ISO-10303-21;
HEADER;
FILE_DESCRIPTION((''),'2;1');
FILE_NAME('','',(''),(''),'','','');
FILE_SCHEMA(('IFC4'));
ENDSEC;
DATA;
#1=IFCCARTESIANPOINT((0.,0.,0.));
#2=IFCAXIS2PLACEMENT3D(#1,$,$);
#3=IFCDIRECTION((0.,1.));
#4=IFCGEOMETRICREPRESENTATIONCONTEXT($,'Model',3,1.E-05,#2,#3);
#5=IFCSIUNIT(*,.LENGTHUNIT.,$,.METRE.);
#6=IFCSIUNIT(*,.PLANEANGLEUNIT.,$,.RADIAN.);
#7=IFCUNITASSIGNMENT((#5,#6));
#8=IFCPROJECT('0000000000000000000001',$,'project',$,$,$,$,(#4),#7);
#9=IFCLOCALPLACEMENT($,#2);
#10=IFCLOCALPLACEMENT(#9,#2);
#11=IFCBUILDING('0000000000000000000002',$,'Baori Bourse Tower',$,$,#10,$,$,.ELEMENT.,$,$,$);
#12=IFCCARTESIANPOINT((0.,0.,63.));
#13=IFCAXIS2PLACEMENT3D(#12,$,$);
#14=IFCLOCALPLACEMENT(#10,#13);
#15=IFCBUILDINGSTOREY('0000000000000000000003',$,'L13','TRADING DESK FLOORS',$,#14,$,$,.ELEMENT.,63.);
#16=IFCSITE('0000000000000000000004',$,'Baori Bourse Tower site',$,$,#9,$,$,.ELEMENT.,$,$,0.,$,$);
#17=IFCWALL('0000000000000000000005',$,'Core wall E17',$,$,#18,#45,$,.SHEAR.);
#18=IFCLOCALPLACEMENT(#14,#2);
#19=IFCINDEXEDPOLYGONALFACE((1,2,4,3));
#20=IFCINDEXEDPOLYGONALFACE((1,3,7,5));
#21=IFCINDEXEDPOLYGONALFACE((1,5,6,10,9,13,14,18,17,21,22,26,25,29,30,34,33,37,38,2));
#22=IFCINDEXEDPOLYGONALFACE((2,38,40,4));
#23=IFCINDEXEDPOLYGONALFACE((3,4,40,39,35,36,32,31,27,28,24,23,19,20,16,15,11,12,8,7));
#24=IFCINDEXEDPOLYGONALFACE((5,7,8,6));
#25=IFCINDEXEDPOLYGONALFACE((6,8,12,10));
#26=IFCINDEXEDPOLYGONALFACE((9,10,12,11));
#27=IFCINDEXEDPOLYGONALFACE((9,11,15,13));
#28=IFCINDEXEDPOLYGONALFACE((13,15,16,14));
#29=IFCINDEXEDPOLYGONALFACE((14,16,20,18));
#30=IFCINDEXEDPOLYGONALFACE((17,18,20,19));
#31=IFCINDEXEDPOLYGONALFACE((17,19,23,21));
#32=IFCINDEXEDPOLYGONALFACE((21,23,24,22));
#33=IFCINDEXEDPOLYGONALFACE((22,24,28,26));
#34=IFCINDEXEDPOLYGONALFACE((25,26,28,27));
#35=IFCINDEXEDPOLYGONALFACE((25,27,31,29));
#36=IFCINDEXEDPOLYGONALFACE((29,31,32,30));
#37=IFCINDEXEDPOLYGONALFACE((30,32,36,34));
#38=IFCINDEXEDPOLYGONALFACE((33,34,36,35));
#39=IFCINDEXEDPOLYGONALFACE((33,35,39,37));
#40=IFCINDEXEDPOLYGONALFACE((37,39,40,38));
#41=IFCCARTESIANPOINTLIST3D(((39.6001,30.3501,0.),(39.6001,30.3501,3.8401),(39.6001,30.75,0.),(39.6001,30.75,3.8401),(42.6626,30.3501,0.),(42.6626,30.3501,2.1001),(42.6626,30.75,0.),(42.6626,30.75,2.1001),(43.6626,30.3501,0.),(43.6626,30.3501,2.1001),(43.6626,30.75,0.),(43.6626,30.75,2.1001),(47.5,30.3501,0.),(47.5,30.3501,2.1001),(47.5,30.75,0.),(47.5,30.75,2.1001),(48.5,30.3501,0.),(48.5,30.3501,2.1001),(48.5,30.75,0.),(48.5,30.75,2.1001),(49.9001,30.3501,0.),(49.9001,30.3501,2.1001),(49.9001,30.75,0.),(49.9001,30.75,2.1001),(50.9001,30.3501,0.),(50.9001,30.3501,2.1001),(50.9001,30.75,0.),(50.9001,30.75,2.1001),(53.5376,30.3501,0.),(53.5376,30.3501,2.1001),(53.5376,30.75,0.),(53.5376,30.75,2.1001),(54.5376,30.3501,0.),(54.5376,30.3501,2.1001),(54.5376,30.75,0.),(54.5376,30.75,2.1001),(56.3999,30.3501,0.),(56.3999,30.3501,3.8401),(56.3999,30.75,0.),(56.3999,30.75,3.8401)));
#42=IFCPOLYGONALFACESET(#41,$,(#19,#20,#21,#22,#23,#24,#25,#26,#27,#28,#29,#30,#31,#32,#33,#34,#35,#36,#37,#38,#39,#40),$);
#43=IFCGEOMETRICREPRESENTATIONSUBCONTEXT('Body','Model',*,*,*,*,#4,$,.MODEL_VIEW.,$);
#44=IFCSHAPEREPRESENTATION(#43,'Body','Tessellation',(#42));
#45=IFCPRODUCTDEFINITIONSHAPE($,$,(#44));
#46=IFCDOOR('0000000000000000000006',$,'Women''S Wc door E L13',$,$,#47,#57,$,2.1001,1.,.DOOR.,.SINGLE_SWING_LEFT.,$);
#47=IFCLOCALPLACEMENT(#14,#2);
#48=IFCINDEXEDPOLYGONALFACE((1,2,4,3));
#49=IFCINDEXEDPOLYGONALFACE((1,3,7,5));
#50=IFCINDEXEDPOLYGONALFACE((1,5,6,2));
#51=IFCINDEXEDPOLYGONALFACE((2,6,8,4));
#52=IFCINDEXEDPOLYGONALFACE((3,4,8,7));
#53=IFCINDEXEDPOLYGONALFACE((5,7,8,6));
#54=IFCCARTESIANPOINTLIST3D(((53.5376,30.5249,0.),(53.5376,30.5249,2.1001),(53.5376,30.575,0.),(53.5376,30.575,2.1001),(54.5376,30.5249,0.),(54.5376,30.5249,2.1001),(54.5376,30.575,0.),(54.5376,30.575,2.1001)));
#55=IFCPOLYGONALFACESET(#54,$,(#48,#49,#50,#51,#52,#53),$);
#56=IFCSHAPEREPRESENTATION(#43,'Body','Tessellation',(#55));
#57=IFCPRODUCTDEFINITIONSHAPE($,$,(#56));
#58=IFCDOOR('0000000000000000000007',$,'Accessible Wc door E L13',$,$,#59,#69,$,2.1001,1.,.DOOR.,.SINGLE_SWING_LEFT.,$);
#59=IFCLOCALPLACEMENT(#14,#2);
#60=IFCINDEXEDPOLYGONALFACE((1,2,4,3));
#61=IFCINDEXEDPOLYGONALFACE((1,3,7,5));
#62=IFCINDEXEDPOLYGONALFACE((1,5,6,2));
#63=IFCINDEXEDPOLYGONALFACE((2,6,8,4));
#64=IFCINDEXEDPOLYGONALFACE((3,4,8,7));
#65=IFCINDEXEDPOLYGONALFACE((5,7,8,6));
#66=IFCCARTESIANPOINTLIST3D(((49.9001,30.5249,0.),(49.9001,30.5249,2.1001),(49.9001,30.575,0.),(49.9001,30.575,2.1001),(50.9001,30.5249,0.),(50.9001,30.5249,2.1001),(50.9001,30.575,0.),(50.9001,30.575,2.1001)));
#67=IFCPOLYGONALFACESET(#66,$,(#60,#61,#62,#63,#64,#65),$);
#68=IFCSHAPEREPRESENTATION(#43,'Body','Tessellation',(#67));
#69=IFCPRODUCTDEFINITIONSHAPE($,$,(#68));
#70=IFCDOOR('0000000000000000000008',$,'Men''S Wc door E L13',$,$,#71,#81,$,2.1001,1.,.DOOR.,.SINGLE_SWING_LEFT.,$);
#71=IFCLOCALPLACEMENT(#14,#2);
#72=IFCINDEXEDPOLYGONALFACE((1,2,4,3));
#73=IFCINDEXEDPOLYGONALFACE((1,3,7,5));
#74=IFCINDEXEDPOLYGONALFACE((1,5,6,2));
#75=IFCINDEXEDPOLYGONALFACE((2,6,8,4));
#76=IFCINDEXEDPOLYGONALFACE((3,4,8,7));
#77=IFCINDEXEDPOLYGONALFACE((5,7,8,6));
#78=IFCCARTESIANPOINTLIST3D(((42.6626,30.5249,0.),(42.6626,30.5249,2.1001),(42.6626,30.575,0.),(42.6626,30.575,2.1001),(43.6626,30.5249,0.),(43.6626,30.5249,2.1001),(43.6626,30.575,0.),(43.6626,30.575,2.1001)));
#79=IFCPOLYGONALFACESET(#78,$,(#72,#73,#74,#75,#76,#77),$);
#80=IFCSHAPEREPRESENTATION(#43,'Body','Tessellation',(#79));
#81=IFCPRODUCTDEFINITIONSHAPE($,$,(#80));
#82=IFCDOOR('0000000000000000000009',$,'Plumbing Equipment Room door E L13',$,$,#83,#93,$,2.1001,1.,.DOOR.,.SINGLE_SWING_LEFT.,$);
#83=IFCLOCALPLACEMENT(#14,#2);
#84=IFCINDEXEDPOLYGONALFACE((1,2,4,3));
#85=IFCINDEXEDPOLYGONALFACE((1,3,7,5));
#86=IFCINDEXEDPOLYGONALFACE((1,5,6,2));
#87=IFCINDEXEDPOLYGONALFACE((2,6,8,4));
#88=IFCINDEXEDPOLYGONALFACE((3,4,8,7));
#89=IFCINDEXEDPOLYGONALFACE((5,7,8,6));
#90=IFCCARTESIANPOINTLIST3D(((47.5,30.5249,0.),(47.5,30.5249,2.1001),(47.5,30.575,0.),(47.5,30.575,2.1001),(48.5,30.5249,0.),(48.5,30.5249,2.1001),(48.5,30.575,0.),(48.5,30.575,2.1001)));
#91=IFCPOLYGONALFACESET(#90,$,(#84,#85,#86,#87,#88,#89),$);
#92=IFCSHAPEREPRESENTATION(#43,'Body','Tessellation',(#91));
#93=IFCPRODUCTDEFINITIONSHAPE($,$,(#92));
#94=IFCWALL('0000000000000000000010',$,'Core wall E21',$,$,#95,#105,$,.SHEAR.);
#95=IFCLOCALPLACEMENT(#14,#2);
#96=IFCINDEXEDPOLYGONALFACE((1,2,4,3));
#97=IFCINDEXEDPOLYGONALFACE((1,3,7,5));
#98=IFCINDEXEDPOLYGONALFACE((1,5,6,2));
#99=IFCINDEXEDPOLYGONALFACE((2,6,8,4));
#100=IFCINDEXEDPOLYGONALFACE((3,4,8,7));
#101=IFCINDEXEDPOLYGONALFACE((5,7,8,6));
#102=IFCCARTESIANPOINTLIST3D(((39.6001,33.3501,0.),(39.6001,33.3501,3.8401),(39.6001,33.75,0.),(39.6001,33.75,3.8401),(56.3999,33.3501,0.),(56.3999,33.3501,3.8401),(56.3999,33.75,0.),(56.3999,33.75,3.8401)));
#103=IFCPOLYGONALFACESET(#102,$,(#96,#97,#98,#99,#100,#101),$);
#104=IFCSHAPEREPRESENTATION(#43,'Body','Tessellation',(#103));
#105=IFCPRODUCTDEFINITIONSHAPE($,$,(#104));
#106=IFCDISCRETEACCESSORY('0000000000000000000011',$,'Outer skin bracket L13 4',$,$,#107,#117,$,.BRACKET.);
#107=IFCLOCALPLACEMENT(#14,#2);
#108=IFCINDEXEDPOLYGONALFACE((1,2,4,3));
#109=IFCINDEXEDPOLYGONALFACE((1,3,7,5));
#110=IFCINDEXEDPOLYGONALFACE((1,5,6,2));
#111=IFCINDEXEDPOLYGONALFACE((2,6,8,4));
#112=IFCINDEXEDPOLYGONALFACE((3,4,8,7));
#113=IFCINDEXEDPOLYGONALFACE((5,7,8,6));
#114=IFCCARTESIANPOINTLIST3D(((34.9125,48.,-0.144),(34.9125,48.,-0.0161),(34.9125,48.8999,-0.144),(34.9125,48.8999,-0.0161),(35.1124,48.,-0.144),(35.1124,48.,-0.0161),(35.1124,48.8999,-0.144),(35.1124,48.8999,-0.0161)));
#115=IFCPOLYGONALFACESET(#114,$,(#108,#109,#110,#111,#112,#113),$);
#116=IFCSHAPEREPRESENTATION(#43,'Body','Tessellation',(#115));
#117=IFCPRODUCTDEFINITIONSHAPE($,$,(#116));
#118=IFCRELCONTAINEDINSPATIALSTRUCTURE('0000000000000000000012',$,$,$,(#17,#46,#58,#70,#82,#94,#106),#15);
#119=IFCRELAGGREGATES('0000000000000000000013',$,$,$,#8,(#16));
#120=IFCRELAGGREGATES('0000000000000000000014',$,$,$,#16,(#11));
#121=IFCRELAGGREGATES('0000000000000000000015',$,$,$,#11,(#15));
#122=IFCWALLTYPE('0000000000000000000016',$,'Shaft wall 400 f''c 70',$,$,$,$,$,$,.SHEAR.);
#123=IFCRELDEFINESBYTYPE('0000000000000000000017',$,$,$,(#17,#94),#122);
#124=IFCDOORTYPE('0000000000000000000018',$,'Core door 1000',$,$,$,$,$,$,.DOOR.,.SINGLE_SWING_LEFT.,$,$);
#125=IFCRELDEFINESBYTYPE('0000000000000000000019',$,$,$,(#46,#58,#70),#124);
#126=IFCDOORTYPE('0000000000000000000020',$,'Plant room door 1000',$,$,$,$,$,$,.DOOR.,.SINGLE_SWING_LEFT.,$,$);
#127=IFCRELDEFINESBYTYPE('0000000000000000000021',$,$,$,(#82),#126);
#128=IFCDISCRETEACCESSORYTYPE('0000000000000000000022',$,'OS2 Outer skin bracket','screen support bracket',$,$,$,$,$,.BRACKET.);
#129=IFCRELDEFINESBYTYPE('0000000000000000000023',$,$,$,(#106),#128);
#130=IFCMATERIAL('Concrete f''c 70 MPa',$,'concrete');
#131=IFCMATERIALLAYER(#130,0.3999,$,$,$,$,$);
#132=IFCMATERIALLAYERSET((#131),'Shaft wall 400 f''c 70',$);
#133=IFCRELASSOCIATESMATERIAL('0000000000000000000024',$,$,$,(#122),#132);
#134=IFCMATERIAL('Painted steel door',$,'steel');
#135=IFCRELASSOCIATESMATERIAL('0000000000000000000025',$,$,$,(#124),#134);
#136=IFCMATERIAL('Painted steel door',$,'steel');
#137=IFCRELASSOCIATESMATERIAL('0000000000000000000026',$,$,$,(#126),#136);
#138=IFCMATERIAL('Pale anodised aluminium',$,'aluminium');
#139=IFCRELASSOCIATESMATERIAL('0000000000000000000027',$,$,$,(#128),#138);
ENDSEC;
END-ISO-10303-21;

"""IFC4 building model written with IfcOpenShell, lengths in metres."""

from ifc_helpers import new_model, si_unit, direction, frame, frame_2d, origin, origin_2d, place, context, subcontext, project, spatial, rectangle, extrude, material, layer, layer_set, type_object, element, fill, save


model = new_model("IFC4")

# Units and contexts
model_context = context("Model", 3, precision=1e-05, world=origin(), true_north=direction((0.0, 1.0)))
body_context = subcontext(model_context, "Body", "Model", "MODEL_VIEW")
ifc_project = project(units=[si_unit("LENGTHUNIT", "METRE"), si_unit("PLANEANGLEUNIT", "RADIAN")], contexts=[model_context])

# Site, building, storey
site_placement = place(None, origin())
site = spatial("IfcSite", under=ifc_project, at=site_placement, Name="Baori Bourse Tower site", CompositionType="ELEMENT", RefElevation=0.0)
building_placement = place(site_placement, origin())
building = spatial("IfcBuilding", under=site, at=building_placement, Name="Baori Bourse Tower", CompositionType="ELEMENT")
storey_placement = place(building_placement, frame((0.0, 0.0, 63.0)))
storey = spatial("IfcBuildingStorey", under=building, at=storey_placement, Name="L13", Description="TRADING DESK FLOORS", CompositionType="ELEMENT", Elevation=63.0)

# Wall, openings, doors
ifc_material_1 = material(Name="Concrete f'c 70 MPa", Category="concrete")
ifc_layer_1 = layer(ifc_material_1, 0.3999)
ifc_layer_set_1 = layer_set([ifc_layer_1], Name="Shaft wall 400 f'c 70")
wall_type_1 = type_object("IfcWallType", Name="Shaft wall 400 f'c 70", PredefinedType="SHEAR", material=ifc_layer_set_1)
wall_1_placement = place(storey_placement, frame((39.6001, 30.55, 0.0), z_axis=(0.0, 0.0, 1.0), x_axis=(1.0, 0.0, 0.0)))
wall_1 = element("IfcWall", 1, at=wall_1_placement, inside=storey, type_object=wall_type_1, Name="Core wall E17", PredefinedType="SHEAR", context=body_context, shape_type="SweptSolid", body=[
    extrude(rectangle(XDim=16.7998, YDim=0.3999, at=frame_2d((8.3999, 0.0))), origin(), (0.0, 0.0, 1.0), 3.8401),
])
opening_1_placement = place(wall_1_placement, frame((13.9375, 0.0, 0.0)))
opening_1 = element("IfcOpeningElement", 2, at=opening_1_placement, cuts=wall_1, PredefinedType="OPENING", context=body_context, shape_type="SweptSolid", body=[
    extrude(rectangle(XDim=1.0, YDim=2.1001, at=frame_2d((0.5, 1.05))), frame((0.0, 0.21, 0.0), z_axis=(0.0, -1.0, 0.0), x_axis=(1.0, 0.0, 0.0)), (0.0, 0.0, 1.0), 0.4199),
])
opening_2_placement = place(wall_1_placement, frame((10.3, 0.0, 0.0)))
opening_2 = element("IfcOpeningElement", 3, at=opening_2_placement, cuts=wall_1, PredefinedType="OPENING", context=body_context, shape_type="SweptSolid", body=[
    extrude(rectangle(XDim=1.0, YDim=2.1001, at=frame_2d((0.5, 1.05))), frame((0.0, 0.21, 0.0), z_axis=(0.0, -1.0, 0.0), x_axis=(1.0, 0.0, 0.0)), (0.0, 0.0, 1.0), 0.4199),
])
opening_3_placement = place(wall_1_placement, frame((7.8999, 0.0, 0.0)))
opening_3 = element("IfcOpeningElement", 4, at=opening_3_placement, cuts=wall_1, PredefinedType="OPENING", context=body_context, shape_type="SweptSolid", body=[
    extrude(rectangle(XDim=1.0, YDim=2.1001, at=frame_2d((0.5, 1.05))), frame((0.0, 0.21, 0.0), z_axis=(0.0, -1.0, 0.0), x_axis=(1.0, 0.0, 0.0)), (0.0, 0.0, 1.0), 0.4199),
])
opening_4_placement = place(wall_1_placement, frame((3.0625, 0.0, 0.0)))
opening_4 = element("IfcOpeningElement", 5, at=opening_4_placement, cuts=wall_1, PredefinedType="OPENING", context=body_context, shape_type="SweptSolid", body=[
    extrude(rectangle(XDim=1.0, YDim=2.1001, at=frame_2d((0.5, 1.05))), frame((0.0, 0.21, 0.0), z_axis=(0.0, -1.0, 0.0), x_axis=(1.0, 0.0, 0.0)), (0.0, 0.0, 1.0), 0.4199),
])
ifc_material_2 = material(Name="Painted steel door", Category="steel")
door_type_1 = type_object("IfcDoorType", Name="Core door 1000", OperationType="SINGLE_SWING_LEFT", PredefinedType="DOOR", material=ifc_material_2)
door_1_placement = place(opening_1_placement, origin())
door_1 = element("IfcDoor", 6, at=door_1_placement, inside=storey, type_object=door_type_1, Name="Women'S Wc door E L13", OperationType="SINGLE_SWING_LEFT", OverallHeight=2.1001, OverallWidth=1.0, PredefinedType="DOOR", context=body_context, shape_type="SweptSolid", body=[
    extrude(rectangle(XDim=1.0, YDim=2.1001, at=frame_2d((0.5, 1.05))), frame((0.0, 0.0249, 0.0), z_axis=(0.0, -1.0, 0.0), x_axis=(1.0, 0.0, 0.0)), (0.0, 0.0, 1.0), 0.05),
])
fill(opening_1, door_1)
door_2_placement = place(opening_2_placement, origin())
door_2 = element("IfcDoor", 7, at=door_2_placement, inside=storey, type_object=door_type_1, Name="Accessible Wc door E L13", OperationType="SINGLE_SWING_LEFT", OverallHeight=2.1001, OverallWidth=1.0, PredefinedType="DOOR", context=body_context, shape_type="SweptSolid", body=[
    extrude(rectangle(XDim=1.0, YDim=2.1001, at=frame_2d((0.5, 1.05))), frame((0.0, 0.0249, 0.0), z_axis=(0.0, -1.0, 0.0), x_axis=(1.0, 0.0, 0.0)), (0.0, 0.0, 1.0), 0.05),
])
fill(opening_2, door_2)
door_3_placement = place(opening_4_placement, origin())
door_3 = element("IfcDoor", 8, at=door_3_placement, inside=storey, type_object=door_type_1, Name="Men'S Wc door E L13", OperationType="SINGLE_SWING_LEFT", OverallHeight=2.1001, OverallWidth=1.0, PredefinedType="DOOR", context=body_context, shape_type="SweptSolid", body=[
    extrude(rectangle(XDim=1.0, YDim=2.1001, at=frame_2d((0.5, 1.05))), frame((0.0, 0.0249, 0.0), z_axis=(0.0, -1.0, 0.0), x_axis=(1.0, 0.0, 0.0)), (0.0, 0.0, 1.0), 0.05),
])
fill(opening_4, door_3)
ifc_material_3 = material(Name="Painted steel door", Category="steel")
door_type_2 = type_object("IfcDoorType", Name="Plant room door 1000", OperationType="SINGLE_SWING_LEFT", PredefinedType="DOOR", material=ifc_material_3)
door_4_placement = place(opening_3_placement, origin())
door_4 = element("IfcDoor", 9, at=door_4_placement, inside=storey, type_object=door_type_2, Name="Plumbing Equipment Room door E L13", OperationType="SINGLE_SWING_LEFT", OverallHeight=2.1001, OverallWidth=1.0, PredefinedType="DOOR", context=body_context, shape_type="SweptSolid", body=[
    extrude(rectangle(XDim=1.0, YDim=2.1001, at=frame_2d((0.5, 1.05))), frame((0.0, 0.0249, 0.0), z_axis=(0.0, -1.0, 0.0), x_axis=(1.0, 0.0, 0.0)), (0.0, 0.0, 1.0), 0.05),
])
fill(opening_3, door_4)

# Wall
wall_2_placement = place(storey_placement, frame((39.6001, 33.55, 0.0), z_axis=(0.0, 0.0, 1.0), x_axis=(1.0, 0.0, 0.0)))
element("IfcWall", 10, at=wall_2_placement, inside=storey, type_object=wall_type_1, Name="Core wall E21", PredefinedType="SHEAR", context=body_context, shape_type="SweptSolid", body=[
    extrude(rectangle(XDim=16.7998, YDim=0.3999, at=frame_2d((8.3999, 0.0))), origin(), (0.0, 0.0, 1.0), 3.8401),
])

# Discrete accessory
ifc_material_4 = material(Name="Pale anodised aluminium", Category="aluminium")
discrete_accessory_type = type_object("IfcDiscreteAccessoryType", Name="OS2 Outer skin bracket", Description="screen support bracket", PredefinedType="BRACKET", material=ifc_material_4)
discrete_accessory_placement = place(storey_placement, frame((35.0125, 48.45, -0.144), z_axis=(0.0, 0.0, 1.0), x_axis=(-1.0, 0.0, 0.0)))
element("IfcDiscreteAccessory", 11, at=discrete_accessory_placement, inside=storey, type_object=discrete_accessory_type, Name="Outer skin bracket L13 4", PredefinedType="BRACKET", context=body_context, shape_type="SweptSolid", body=[
    extrude(rectangle(XDim=0.2, YDim=0.8999, at=origin_2d()), origin(), (0.0, 0.0, 1.0), 0.1279),
])

save(model, "model.ifc")
